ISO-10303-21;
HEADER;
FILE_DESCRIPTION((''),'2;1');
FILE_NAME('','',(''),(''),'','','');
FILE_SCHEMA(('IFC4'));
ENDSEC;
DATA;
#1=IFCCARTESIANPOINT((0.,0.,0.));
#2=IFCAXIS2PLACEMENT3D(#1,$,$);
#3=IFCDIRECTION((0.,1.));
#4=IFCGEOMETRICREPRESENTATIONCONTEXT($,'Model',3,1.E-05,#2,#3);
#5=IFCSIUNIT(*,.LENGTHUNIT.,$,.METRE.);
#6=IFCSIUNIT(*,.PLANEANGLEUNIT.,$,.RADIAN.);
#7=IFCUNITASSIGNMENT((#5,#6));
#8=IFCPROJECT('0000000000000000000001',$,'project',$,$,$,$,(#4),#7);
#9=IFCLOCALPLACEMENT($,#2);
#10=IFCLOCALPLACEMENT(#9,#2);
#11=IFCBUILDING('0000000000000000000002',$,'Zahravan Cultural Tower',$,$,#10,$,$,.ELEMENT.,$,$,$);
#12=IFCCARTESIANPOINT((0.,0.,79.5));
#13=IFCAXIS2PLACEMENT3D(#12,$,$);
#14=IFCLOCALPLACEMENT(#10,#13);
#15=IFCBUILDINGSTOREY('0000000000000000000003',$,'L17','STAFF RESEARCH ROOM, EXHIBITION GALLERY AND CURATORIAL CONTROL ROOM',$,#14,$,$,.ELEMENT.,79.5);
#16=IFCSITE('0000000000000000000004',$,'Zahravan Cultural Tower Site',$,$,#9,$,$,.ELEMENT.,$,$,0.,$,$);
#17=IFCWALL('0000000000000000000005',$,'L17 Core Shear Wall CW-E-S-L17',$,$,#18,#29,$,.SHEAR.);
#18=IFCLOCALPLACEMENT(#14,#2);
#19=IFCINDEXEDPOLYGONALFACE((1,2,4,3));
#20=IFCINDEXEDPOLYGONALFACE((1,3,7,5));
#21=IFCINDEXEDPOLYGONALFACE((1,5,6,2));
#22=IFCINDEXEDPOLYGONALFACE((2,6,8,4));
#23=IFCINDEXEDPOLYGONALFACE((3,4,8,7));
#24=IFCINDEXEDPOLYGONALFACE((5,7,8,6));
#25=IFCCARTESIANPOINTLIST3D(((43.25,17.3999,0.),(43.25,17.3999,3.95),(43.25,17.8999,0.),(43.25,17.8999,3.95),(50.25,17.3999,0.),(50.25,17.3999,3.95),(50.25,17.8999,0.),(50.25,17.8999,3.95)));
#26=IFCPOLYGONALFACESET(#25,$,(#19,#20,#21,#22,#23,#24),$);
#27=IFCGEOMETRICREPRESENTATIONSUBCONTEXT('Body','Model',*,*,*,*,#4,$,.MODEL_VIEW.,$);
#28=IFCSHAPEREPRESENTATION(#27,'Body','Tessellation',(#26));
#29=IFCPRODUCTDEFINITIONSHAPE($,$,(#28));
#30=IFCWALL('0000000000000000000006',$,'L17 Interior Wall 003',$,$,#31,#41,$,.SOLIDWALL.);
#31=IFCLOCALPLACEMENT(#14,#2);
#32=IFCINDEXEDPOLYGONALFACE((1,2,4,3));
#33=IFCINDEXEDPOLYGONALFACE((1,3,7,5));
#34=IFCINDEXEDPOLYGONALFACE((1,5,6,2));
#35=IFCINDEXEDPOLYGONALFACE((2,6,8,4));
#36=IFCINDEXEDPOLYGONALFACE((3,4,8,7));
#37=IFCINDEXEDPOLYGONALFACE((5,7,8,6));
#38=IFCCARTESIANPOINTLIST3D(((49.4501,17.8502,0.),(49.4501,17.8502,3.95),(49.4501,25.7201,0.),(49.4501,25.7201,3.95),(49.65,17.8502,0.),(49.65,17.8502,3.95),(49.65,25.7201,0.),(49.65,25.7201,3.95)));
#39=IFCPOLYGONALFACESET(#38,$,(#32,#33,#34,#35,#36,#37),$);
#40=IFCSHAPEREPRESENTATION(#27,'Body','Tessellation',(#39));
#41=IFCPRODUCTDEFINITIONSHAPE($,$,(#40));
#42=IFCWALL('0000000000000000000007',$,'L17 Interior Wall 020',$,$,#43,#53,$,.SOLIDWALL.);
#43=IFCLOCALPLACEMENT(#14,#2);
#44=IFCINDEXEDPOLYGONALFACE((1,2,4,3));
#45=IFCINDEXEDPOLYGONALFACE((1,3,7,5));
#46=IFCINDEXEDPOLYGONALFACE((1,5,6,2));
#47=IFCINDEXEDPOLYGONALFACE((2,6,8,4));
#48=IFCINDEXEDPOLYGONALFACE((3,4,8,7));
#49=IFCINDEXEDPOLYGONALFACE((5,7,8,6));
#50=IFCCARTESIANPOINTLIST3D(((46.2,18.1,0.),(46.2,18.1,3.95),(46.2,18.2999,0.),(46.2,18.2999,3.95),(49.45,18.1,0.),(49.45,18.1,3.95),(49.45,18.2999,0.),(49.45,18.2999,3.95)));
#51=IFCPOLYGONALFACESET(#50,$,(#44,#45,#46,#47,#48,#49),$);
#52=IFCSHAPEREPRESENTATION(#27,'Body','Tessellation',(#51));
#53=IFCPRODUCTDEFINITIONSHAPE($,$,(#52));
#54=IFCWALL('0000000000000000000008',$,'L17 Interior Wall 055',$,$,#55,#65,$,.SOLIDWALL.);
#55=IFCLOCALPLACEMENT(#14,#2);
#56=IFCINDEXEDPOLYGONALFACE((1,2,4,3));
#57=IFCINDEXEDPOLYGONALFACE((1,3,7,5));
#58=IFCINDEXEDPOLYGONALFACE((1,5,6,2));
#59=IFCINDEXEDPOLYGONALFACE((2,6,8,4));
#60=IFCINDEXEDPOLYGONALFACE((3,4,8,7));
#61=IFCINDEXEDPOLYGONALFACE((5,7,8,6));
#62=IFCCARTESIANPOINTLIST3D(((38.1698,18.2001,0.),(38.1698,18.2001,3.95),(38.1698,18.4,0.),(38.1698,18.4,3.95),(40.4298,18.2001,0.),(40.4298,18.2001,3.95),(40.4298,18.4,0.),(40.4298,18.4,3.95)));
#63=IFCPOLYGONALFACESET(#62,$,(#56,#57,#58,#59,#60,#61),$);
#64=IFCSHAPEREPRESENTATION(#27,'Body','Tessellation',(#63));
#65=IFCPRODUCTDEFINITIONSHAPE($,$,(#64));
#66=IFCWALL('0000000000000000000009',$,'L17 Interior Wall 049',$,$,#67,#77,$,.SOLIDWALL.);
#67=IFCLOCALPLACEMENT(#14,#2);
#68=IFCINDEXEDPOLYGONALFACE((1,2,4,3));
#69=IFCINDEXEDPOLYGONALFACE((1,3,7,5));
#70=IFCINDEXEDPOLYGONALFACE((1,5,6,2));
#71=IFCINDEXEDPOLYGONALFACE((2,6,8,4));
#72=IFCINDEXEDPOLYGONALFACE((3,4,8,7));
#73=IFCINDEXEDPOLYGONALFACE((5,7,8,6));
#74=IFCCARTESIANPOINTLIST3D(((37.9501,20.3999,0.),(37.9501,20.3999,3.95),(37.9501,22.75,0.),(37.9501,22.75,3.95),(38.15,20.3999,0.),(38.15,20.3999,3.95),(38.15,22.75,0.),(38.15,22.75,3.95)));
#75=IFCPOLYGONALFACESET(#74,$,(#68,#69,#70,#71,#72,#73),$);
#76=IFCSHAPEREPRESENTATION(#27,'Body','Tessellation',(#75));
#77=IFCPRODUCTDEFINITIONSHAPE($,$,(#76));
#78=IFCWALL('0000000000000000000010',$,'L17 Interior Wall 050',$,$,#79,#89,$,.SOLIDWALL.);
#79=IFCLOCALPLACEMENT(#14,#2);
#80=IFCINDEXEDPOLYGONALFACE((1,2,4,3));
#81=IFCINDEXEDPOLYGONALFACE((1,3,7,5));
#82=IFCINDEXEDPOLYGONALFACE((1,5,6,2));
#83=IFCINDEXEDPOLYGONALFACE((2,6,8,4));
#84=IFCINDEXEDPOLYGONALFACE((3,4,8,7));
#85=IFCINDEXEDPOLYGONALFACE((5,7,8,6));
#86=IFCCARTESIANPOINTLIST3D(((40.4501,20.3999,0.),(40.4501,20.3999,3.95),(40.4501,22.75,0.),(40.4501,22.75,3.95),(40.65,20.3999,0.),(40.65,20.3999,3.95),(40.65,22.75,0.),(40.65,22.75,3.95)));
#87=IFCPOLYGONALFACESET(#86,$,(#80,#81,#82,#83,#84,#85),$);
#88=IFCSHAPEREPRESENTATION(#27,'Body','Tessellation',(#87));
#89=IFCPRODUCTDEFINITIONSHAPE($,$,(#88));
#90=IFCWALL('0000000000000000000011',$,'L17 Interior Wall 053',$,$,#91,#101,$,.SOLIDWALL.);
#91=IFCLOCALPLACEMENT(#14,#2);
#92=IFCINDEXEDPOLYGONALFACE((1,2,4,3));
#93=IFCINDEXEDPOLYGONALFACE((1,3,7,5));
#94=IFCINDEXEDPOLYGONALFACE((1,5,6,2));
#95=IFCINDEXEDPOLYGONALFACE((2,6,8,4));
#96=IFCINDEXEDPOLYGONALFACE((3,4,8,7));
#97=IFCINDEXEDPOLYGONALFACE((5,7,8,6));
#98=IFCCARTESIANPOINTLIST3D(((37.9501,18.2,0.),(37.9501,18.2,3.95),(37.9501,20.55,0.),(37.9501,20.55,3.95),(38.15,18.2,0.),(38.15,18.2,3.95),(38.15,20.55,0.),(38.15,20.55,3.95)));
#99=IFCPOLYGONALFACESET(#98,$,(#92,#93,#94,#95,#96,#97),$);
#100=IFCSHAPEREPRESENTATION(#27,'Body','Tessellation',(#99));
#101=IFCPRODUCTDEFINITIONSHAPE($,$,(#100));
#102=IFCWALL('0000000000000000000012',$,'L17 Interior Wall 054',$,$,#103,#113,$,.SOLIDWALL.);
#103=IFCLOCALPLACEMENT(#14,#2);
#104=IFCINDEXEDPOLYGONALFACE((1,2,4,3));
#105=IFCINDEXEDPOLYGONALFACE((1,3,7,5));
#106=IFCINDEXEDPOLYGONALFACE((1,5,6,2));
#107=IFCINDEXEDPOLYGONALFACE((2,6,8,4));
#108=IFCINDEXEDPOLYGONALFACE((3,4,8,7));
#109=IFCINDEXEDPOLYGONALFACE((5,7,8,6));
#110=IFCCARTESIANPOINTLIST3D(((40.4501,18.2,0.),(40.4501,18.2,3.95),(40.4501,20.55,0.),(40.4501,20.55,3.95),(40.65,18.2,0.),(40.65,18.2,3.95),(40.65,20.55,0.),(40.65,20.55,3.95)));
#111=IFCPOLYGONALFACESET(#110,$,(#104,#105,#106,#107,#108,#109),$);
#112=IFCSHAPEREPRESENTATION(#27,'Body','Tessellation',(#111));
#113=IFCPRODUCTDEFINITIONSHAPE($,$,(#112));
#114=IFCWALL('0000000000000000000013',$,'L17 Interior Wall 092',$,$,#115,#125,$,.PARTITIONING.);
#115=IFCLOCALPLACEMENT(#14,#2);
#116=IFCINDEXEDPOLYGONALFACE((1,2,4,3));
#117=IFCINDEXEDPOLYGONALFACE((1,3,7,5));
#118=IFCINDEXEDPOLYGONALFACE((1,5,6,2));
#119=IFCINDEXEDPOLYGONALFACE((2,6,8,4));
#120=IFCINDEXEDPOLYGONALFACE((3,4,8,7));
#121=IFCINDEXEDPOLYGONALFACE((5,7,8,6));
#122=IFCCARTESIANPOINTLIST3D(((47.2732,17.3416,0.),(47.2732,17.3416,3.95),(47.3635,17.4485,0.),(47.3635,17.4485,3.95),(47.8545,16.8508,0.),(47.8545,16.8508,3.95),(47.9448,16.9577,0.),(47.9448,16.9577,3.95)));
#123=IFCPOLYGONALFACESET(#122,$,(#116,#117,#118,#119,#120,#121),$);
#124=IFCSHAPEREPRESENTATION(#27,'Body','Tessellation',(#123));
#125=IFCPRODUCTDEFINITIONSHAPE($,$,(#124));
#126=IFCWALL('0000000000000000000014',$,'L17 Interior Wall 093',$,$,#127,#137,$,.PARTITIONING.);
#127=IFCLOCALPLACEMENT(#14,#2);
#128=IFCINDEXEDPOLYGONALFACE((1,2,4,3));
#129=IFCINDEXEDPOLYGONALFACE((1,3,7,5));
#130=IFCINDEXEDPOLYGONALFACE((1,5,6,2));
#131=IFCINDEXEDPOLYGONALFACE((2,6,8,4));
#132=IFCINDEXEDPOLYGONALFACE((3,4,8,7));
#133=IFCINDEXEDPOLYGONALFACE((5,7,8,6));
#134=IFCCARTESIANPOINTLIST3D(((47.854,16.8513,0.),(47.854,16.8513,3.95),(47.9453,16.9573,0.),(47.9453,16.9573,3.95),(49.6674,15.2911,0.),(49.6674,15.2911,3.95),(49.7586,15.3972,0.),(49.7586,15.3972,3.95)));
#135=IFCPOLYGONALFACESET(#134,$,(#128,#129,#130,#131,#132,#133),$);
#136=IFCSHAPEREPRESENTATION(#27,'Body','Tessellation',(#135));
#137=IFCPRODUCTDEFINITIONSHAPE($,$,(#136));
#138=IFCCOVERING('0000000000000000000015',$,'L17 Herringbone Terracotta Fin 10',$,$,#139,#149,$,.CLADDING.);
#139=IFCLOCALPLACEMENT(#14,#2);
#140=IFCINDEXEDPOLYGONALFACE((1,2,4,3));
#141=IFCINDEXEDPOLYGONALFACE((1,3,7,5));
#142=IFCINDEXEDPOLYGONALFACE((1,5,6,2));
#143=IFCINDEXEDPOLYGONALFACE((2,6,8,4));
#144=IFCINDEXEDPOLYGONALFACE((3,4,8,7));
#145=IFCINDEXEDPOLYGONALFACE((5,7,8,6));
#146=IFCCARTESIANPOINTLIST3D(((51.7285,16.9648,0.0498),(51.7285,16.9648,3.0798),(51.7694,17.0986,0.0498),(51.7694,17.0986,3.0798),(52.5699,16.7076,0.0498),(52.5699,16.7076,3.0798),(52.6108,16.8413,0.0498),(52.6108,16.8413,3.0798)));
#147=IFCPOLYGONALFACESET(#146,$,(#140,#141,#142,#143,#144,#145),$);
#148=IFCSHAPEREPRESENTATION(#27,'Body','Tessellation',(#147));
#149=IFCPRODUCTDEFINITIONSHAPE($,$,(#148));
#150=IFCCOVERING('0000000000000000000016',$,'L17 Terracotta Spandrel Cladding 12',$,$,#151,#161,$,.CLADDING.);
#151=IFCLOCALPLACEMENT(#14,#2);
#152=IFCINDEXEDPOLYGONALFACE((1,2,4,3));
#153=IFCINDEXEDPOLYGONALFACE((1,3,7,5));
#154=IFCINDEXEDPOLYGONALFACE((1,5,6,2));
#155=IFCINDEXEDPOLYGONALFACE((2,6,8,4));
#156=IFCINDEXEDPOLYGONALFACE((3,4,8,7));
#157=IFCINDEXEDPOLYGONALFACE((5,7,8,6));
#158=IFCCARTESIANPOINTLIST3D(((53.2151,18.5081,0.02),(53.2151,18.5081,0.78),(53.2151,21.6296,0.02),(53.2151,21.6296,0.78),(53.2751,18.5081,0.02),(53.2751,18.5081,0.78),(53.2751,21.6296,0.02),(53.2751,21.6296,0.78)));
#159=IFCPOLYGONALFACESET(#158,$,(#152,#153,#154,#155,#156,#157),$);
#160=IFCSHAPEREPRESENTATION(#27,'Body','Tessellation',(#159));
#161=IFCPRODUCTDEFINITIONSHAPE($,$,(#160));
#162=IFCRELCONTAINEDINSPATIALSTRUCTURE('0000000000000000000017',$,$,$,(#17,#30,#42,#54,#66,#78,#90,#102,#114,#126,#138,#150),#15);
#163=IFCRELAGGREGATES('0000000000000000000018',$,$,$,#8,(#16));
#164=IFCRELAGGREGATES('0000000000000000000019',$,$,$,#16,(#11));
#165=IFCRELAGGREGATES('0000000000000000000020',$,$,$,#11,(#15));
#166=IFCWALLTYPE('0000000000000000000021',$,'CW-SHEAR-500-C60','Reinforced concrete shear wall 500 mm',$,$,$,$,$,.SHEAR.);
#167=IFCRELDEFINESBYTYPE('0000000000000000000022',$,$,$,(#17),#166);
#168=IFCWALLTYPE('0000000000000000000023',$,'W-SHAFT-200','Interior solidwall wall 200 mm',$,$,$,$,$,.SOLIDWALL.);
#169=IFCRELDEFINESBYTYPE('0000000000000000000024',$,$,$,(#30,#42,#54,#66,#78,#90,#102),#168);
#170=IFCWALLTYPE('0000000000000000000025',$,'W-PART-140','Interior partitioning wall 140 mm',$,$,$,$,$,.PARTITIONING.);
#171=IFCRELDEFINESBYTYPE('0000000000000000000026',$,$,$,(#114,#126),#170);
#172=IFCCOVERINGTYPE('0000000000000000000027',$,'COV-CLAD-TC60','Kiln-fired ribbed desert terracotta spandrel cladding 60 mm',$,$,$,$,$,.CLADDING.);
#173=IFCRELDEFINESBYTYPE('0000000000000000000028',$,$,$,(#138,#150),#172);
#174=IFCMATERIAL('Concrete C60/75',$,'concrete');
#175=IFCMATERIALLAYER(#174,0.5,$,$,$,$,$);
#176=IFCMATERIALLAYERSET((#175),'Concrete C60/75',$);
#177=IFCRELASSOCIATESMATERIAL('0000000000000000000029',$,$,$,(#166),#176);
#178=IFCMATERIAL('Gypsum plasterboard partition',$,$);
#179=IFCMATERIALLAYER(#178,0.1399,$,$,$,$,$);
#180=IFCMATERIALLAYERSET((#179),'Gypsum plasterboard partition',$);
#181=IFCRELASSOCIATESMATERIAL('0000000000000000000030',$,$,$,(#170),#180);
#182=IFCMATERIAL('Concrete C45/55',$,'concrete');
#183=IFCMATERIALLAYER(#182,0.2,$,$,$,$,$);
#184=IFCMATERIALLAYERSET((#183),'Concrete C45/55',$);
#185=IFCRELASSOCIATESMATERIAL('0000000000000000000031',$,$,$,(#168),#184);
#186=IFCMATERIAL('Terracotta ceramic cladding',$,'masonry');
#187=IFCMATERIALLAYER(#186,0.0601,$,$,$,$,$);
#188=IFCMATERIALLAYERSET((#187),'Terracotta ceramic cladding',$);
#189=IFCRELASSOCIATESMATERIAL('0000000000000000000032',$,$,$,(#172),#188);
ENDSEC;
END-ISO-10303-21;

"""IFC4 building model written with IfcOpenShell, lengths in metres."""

from ifc_helpers import new_model, si_unit, direction, frame, frame_2d, origin, origin_2d, place, context, subcontext, project, spatial, rectangle, extrude, source, transform, mapped, material, layer, layer_set, type_object, element, save


model = new_model("IFC4")

# Units and contexts
model_context = context("Model", 3, precision=1e-05, world=origin(), true_north=direction((0.0, 1.0)))
body_context = subcontext(model_context, "Body", "Model", "MODEL_VIEW")
ifc_project = project(units=[si_unit("LENGTHUNIT", "METRE"), si_unit("PLANEANGLEUNIT", "RADIAN")], contexts=[model_context])

# Site, building, storey
site_placement = place(None, origin())
site = spatial("IfcSite", under=ifc_project, at=site_placement, Name="Zahravan Cultural Tower Site", CompositionType="ELEMENT", RefElevation=0.0)
building_placement = place(site_placement, origin())
building = spatial("IfcBuilding", under=site, at=building_placement, Name="Zahravan Cultural Tower", CompositionType="ELEMENT")
storey_placement = place(building_placement, frame((0.0, 0.0, 79.5)))
storey = spatial("IfcBuildingStorey", under=building, at=storey_placement, Name="L17", Description="STAFF RESEARCH ROOM, EXHIBITION GALLERY AND CURATORIAL CONTROL ROOM", CompositionType="ELEMENT", Elevation=79.5)

# Shared definitions
ifc_material_1 = material(Name="Concrete C60/75", Category="concrete")

# Shared definitions
ifc_layer_1 = layer(ifc_material_1, 0.5)
ifc_layer_set_1 = layer_set([ifc_layer_1], Name="Concrete C60/75")
wall_type_1 = type_object("IfcWallType", Name="CW-SHEAR-500-C60", Description="Reinforced concrete shear wall 500 mm", PredefinedType="SHEAR", material=ifc_layer_set_1)

# Shared definitions
ifc_material_2 = material(Name="Gypsum plasterboard partition")
ifc_layer_2 = layer(ifc_material_2, 0.1399)
ifc_layer_set_2 = layer_set([ifc_layer_2], Name="Gypsum plasterboard partition")
wall_type_2 = type_object("IfcWallType", Name="W-PART-140", Description="Interior partitioning wall 140 mm", PredefinedType="PARTITIONING", material=ifc_layer_set_2)
ifc_material_3 = material(Name="Concrete C45/55", Category="concrete")
ifc_layer_3 = layer(ifc_material_3, 0.2)
ifc_layer_set_3 = layer_set([ifc_layer_3], Name="Concrete C45/55")
wall_type_3 = type_object("IfcWallType", Name="W-SHAFT-200", Description="Interior solidwall wall 200 mm", PredefinedType="SOLIDWALL", material=ifc_layer_set_3)

# Walls
shared_shape_1 = source(origin(), body_context, "Body", "SweptSolid", [
    extrude(rectangle(XDim=7.0, YDim=0.5, at=frame_2d((3.5, 0.0))), origin(), (0.0, 0.0, 1.0), 3.95),
])
wall_1_placement = place(storey_placement, frame((43.25, 17.6499, 0.0), z_axis=(0.0, 0.0, 1.0), x_axis=(1.0, 0.0, 0.0)))
element("IfcWall", 1, at=wall_1_placement, inside=storey, type_object=wall_type_1, Name="L17 Core Shear Wall CW-E-S-L17", PredefinedType="SHEAR", context=body_context, shape_type="MappedRepresentation", body=[
    mapped(shared_shape_1, transform((0.0, 0.0, 0.0), x_axis=(1.0, 0.0, 0.0), y_axis=(0.0, 1.0, 0.0), z_axis=(0.0, 0.0, 1.0), scale=1.0)),
])
shared_shape_2 = source(origin(), body_context, "Body", "SweptSolid", [
    extrude(rectangle(XDim=7.8699, YDim=0.2, at=frame_2d((3.9351, 0.0))), origin(), (0.0, 0.0, 1.0), 3.95),
])
wall_2_placement = place(storey_placement, frame((49.55, 17.8501, 0.0), z_axis=(0.0, 0.0, 1.0), x_axis=(0.0, 1.0, 0.0)))
element("IfcWall", 2, at=wall_2_placement, inside=storey, type_object=wall_type_3, Name="L17 Interior Wall 003", PredefinedType="SOLIDWALL", context=body_context, shape_type="MappedRepresentation", body=[
    mapped(shared_shape_2, transform((0.0, 0.0, 0.0), x_axis=(1.0, 0.0, 0.0), y_axis=(0.0, 1.0, 0.0), z_axis=(0.0, 0.0, 1.0), scale=1.0)),
])
shared_shape_3 = source(origin(), body_context, "Body", "SweptSolid", [
    extrude(rectangle(XDim=3.25, YDim=0.2, at=frame_2d((1.625, 0.0))), origin(), (0.0, 0.0, 1.0), 3.95),
])
wall_3_placement = place(storey_placement, frame((46.2, 18.2, 0.0), z_axis=(0.0, 0.0, 1.0), x_axis=(1.0, 0.0, 0.0)))
element("IfcWall", 3, at=wall_3_placement, inside=storey, type_object=wall_type_3, Name="L17 Interior Wall 020", PredefinedType="SOLIDWALL", context=body_context, shape_type="MappedRepresentation", body=[
    mapped(shared_shape_3, transform((0.0, 0.0, 0.0), x_axis=(1.0, 0.0, 0.0), y_axis=(0.0, 1.0, 0.0), z_axis=(0.0, 0.0, 1.0), scale=1.0)),
])
shared_shape_4 = source(origin(), body_context, "Body", "SweptSolid", [
    extrude(rectangle(XDim=2.26, YDim=0.2, at=frame_2d((1.1299, 0.0))), origin(), (0.0, 0.0, 1.0), 3.95),
])
wall_4_placement = place(storey_placement, frame((38.1699, 18.3, 0.0), z_axis=(0.0, 0.0, 1.0), x_axis=(1.0, 0.0, 0.0)))
element("IfcWall", 4, at=wall_4_placement, inside=storey, type_object=wall_type_3, Name="L17 Interior Wall 055", PredefinedType="SOLIDWALL", context=body_context, shape_type="MappedRepresentation", body=[
    mapped(shared_shape_4, transform((0.0, 0.0, 0.0), x_axis=(1.0, 0.0, 0.0), y_axis=(0.0, 1.0, 0.0), z_axis=(0.0, 0.0, 1.0), scale=1.0)),
])
shared_shape_5 = source(origin(), body_context, "Body", "SweptSolid", [
    extrude(rectangle(XDim=2.3501, YDim=0.2, at=frame_2d((1.175, 0.0))), origin(), (0.0, 0.0, 1.0), 3.95),
])
for number, where, z_axis, x_axis, name in (
    (5, (38.05, 20.3999, 0.0), (0.0, 0.0, 1.0), (0.0, 1.0, 0.0), "L17 Interior Wall 049"),
    (6, (40.55, 20.3999, 0.0), (0.0, 0.0, 1.0), (0.0, 1.0, 0.0), "L17 Interior Wall 050"),
    (7, (38.05, 18.2, 0.0), (0.0, 0.0, 1.0), (0.0, 1.0, 0.0), "L17 Interior Wall 053"),
    (8, (40.55, 18.2, 0.0), (0.0, 0.0, 1.0), (0.0, 1.0, 0.0), "L17 Interior Wall 054"),
):
    element("IfcWall", number, at=place(storey_placement, frame(where, z_axis=z_axis, x_axis=x_axis)), inside=storey, type_object=wall_type_3, Name=name, PredefinedType="SOLIDWALL", context=body_context, shape_type="MappedRepresentation", body=[
        mapped(shared_shape_5, transform((0.0, 0.0, 0.0), x_axis=(1.0, 0.0, 0.0), y_axis=(0.0, 1.0, 0.0), z_axis=(0.0, 0.0, 1.0), scale=1.0)),
    ])
shared_shape_6 = source(origin(), body_context, "Body", "SweptSolid", [
    extrude(rectangle(XDim=0.7607, YDim=0.1399, at=frame_2d((0.3804, 0.0))), origin(), (0.0, 0.0, 1.0), 3.95),
])
wall_5_placement = place(storey_placement, frame((47.3184, 17.395, 0.0), z_axis=(0.0, 0.0, 1.0), x_axis=(0.764128, -0.645064, 0.0)))
element("IfcWall", 9, at=wall_5_placement, inside=storey, type_object=wall_type_2, Name="L17 Interior Wall 092", PredefinedType="PARTITIONING", context=body_context, shape_type="MappedRepresentation", body=[
    mapped(shared_shape_6, transform((0.0, 0.0, 0.0), x_axis=(1.0, 0.0, 0.0), y_axis=(0.0, 1.0, 0.0), z_axis=(0.0, 0.0, 1.0), scale=1.0)),
])
shared_shape_7 = source(origin(), body_context, "Body", "SweptSolid", [
    extrude(rectangle(XDim=2.3921, YDim=0.1399, at=frame_2d((1.196, 0.0))), origin(), (0.0, 0.0, 1.0), 3.95),
])
wall_6_placement = place(storey_placement, frame((47.8997, 16.9043, 0.0), z_axis=(0.0, 0.0, 1.0), x_axis=(0.758045, -0.652202, 0.0)))
element("IfcWall", 10, at=wall_6_placement, inside=storey, type_object=wall_type_2, Name="L17 Interior Wall 093", PredefinedType="PARTITIONING", context=body_context, shape_type="MappedRepresentation", body=[
    mapped(shared_shape_7, transform((0.0, 0.0, 0.0), x_axis=(1.0, 0.0, 0.0), y_axis=(0.0, 1.0, 0.0), z_axis=(0.0, 0.0, 1.0), scale=1.0)),
])

# Coverings
ifc_material_4 = material(Name="Terracotta ceramic cladding", Category="masonry")
ifc_layer_4 = layer(ifc_material_4, 0.0601)
ifc_layer_set_4 = layer_set([ifc_layer_4], Name="Terracotta ceramic cladding")
covering_type = type_object("IfcCoveringType", Name="COV-CLAD-TC60", Description="Kiln-fired ribbed desert terracotta spandrel cladding 60 mm", PredefinedType="CLADDING", material=ifc_layer_set_4)
shared_shape_8 = source(origin(), body_context, "Body", "SweptSolid", [
    extrude(rectangle(XDim=0.8799, YDim=0.1399, at=origin_2d()), origin(), (0.0, 0.0, 1.0), 3.03),
])
covering_1_placement = place(storey_placement, frame((52.1697, 16.9031, 0.0498), z_axis=(0.0, 0.0, 1.0), x_axis=(0.956305, -0.292372, 0.0)))
element("IfcCovering", 11, at=covering_1_placement, inside=storey, type_object=covering_type, Name="L17 Herringbone Terracotta Fin 10", PredefinedType="CLADDING", context=body_context, shape_type="MappedRepresentation", body=[
    mapped(shared_shape_8, transform((0.0, 0.0, 0.0), x_axis=(1.0, 0.0, 0.0), y_axis=(0.0, 1.0, 0.0), z_axis=(0.0, 0.0, 1.0), scale=1.0)),
])
shared_shape_9 = source(origin(), body_context, "Body", "SweptSolid", [
    extrude(rectangle(XDim=3.1216, YDim=0.0601, at=origin_2d()), origin(), (0.0, 0.0, 1.0), 0.76),
])
covering_2_placement = place(storey_placement, frame((53.2451, 20.0688, 0.02), z_axis=(0.0, 0.0, 1.0), x_axis=(0.0, -1.0, 0.0)))
element("IfcCovering", 12, at=covering_2_placement, inside=storey, type_object=covering_type, Name="L17 Terracotta Spandrel Cladding 12", PredefinedType="CLADDING", context=body_context, shape_type="MappedRepresentation", body=[
    mapped(shared_shape_9, transform((0.0, 0.0, 0.0), x_axis=(1.0, 0.0, 0.0), y_axis=(0.0, 1.0, 0.0), z_axis=(0.0, 0.0, 1.0), scale=1.0)),
])

save(model, "model.ifc")
